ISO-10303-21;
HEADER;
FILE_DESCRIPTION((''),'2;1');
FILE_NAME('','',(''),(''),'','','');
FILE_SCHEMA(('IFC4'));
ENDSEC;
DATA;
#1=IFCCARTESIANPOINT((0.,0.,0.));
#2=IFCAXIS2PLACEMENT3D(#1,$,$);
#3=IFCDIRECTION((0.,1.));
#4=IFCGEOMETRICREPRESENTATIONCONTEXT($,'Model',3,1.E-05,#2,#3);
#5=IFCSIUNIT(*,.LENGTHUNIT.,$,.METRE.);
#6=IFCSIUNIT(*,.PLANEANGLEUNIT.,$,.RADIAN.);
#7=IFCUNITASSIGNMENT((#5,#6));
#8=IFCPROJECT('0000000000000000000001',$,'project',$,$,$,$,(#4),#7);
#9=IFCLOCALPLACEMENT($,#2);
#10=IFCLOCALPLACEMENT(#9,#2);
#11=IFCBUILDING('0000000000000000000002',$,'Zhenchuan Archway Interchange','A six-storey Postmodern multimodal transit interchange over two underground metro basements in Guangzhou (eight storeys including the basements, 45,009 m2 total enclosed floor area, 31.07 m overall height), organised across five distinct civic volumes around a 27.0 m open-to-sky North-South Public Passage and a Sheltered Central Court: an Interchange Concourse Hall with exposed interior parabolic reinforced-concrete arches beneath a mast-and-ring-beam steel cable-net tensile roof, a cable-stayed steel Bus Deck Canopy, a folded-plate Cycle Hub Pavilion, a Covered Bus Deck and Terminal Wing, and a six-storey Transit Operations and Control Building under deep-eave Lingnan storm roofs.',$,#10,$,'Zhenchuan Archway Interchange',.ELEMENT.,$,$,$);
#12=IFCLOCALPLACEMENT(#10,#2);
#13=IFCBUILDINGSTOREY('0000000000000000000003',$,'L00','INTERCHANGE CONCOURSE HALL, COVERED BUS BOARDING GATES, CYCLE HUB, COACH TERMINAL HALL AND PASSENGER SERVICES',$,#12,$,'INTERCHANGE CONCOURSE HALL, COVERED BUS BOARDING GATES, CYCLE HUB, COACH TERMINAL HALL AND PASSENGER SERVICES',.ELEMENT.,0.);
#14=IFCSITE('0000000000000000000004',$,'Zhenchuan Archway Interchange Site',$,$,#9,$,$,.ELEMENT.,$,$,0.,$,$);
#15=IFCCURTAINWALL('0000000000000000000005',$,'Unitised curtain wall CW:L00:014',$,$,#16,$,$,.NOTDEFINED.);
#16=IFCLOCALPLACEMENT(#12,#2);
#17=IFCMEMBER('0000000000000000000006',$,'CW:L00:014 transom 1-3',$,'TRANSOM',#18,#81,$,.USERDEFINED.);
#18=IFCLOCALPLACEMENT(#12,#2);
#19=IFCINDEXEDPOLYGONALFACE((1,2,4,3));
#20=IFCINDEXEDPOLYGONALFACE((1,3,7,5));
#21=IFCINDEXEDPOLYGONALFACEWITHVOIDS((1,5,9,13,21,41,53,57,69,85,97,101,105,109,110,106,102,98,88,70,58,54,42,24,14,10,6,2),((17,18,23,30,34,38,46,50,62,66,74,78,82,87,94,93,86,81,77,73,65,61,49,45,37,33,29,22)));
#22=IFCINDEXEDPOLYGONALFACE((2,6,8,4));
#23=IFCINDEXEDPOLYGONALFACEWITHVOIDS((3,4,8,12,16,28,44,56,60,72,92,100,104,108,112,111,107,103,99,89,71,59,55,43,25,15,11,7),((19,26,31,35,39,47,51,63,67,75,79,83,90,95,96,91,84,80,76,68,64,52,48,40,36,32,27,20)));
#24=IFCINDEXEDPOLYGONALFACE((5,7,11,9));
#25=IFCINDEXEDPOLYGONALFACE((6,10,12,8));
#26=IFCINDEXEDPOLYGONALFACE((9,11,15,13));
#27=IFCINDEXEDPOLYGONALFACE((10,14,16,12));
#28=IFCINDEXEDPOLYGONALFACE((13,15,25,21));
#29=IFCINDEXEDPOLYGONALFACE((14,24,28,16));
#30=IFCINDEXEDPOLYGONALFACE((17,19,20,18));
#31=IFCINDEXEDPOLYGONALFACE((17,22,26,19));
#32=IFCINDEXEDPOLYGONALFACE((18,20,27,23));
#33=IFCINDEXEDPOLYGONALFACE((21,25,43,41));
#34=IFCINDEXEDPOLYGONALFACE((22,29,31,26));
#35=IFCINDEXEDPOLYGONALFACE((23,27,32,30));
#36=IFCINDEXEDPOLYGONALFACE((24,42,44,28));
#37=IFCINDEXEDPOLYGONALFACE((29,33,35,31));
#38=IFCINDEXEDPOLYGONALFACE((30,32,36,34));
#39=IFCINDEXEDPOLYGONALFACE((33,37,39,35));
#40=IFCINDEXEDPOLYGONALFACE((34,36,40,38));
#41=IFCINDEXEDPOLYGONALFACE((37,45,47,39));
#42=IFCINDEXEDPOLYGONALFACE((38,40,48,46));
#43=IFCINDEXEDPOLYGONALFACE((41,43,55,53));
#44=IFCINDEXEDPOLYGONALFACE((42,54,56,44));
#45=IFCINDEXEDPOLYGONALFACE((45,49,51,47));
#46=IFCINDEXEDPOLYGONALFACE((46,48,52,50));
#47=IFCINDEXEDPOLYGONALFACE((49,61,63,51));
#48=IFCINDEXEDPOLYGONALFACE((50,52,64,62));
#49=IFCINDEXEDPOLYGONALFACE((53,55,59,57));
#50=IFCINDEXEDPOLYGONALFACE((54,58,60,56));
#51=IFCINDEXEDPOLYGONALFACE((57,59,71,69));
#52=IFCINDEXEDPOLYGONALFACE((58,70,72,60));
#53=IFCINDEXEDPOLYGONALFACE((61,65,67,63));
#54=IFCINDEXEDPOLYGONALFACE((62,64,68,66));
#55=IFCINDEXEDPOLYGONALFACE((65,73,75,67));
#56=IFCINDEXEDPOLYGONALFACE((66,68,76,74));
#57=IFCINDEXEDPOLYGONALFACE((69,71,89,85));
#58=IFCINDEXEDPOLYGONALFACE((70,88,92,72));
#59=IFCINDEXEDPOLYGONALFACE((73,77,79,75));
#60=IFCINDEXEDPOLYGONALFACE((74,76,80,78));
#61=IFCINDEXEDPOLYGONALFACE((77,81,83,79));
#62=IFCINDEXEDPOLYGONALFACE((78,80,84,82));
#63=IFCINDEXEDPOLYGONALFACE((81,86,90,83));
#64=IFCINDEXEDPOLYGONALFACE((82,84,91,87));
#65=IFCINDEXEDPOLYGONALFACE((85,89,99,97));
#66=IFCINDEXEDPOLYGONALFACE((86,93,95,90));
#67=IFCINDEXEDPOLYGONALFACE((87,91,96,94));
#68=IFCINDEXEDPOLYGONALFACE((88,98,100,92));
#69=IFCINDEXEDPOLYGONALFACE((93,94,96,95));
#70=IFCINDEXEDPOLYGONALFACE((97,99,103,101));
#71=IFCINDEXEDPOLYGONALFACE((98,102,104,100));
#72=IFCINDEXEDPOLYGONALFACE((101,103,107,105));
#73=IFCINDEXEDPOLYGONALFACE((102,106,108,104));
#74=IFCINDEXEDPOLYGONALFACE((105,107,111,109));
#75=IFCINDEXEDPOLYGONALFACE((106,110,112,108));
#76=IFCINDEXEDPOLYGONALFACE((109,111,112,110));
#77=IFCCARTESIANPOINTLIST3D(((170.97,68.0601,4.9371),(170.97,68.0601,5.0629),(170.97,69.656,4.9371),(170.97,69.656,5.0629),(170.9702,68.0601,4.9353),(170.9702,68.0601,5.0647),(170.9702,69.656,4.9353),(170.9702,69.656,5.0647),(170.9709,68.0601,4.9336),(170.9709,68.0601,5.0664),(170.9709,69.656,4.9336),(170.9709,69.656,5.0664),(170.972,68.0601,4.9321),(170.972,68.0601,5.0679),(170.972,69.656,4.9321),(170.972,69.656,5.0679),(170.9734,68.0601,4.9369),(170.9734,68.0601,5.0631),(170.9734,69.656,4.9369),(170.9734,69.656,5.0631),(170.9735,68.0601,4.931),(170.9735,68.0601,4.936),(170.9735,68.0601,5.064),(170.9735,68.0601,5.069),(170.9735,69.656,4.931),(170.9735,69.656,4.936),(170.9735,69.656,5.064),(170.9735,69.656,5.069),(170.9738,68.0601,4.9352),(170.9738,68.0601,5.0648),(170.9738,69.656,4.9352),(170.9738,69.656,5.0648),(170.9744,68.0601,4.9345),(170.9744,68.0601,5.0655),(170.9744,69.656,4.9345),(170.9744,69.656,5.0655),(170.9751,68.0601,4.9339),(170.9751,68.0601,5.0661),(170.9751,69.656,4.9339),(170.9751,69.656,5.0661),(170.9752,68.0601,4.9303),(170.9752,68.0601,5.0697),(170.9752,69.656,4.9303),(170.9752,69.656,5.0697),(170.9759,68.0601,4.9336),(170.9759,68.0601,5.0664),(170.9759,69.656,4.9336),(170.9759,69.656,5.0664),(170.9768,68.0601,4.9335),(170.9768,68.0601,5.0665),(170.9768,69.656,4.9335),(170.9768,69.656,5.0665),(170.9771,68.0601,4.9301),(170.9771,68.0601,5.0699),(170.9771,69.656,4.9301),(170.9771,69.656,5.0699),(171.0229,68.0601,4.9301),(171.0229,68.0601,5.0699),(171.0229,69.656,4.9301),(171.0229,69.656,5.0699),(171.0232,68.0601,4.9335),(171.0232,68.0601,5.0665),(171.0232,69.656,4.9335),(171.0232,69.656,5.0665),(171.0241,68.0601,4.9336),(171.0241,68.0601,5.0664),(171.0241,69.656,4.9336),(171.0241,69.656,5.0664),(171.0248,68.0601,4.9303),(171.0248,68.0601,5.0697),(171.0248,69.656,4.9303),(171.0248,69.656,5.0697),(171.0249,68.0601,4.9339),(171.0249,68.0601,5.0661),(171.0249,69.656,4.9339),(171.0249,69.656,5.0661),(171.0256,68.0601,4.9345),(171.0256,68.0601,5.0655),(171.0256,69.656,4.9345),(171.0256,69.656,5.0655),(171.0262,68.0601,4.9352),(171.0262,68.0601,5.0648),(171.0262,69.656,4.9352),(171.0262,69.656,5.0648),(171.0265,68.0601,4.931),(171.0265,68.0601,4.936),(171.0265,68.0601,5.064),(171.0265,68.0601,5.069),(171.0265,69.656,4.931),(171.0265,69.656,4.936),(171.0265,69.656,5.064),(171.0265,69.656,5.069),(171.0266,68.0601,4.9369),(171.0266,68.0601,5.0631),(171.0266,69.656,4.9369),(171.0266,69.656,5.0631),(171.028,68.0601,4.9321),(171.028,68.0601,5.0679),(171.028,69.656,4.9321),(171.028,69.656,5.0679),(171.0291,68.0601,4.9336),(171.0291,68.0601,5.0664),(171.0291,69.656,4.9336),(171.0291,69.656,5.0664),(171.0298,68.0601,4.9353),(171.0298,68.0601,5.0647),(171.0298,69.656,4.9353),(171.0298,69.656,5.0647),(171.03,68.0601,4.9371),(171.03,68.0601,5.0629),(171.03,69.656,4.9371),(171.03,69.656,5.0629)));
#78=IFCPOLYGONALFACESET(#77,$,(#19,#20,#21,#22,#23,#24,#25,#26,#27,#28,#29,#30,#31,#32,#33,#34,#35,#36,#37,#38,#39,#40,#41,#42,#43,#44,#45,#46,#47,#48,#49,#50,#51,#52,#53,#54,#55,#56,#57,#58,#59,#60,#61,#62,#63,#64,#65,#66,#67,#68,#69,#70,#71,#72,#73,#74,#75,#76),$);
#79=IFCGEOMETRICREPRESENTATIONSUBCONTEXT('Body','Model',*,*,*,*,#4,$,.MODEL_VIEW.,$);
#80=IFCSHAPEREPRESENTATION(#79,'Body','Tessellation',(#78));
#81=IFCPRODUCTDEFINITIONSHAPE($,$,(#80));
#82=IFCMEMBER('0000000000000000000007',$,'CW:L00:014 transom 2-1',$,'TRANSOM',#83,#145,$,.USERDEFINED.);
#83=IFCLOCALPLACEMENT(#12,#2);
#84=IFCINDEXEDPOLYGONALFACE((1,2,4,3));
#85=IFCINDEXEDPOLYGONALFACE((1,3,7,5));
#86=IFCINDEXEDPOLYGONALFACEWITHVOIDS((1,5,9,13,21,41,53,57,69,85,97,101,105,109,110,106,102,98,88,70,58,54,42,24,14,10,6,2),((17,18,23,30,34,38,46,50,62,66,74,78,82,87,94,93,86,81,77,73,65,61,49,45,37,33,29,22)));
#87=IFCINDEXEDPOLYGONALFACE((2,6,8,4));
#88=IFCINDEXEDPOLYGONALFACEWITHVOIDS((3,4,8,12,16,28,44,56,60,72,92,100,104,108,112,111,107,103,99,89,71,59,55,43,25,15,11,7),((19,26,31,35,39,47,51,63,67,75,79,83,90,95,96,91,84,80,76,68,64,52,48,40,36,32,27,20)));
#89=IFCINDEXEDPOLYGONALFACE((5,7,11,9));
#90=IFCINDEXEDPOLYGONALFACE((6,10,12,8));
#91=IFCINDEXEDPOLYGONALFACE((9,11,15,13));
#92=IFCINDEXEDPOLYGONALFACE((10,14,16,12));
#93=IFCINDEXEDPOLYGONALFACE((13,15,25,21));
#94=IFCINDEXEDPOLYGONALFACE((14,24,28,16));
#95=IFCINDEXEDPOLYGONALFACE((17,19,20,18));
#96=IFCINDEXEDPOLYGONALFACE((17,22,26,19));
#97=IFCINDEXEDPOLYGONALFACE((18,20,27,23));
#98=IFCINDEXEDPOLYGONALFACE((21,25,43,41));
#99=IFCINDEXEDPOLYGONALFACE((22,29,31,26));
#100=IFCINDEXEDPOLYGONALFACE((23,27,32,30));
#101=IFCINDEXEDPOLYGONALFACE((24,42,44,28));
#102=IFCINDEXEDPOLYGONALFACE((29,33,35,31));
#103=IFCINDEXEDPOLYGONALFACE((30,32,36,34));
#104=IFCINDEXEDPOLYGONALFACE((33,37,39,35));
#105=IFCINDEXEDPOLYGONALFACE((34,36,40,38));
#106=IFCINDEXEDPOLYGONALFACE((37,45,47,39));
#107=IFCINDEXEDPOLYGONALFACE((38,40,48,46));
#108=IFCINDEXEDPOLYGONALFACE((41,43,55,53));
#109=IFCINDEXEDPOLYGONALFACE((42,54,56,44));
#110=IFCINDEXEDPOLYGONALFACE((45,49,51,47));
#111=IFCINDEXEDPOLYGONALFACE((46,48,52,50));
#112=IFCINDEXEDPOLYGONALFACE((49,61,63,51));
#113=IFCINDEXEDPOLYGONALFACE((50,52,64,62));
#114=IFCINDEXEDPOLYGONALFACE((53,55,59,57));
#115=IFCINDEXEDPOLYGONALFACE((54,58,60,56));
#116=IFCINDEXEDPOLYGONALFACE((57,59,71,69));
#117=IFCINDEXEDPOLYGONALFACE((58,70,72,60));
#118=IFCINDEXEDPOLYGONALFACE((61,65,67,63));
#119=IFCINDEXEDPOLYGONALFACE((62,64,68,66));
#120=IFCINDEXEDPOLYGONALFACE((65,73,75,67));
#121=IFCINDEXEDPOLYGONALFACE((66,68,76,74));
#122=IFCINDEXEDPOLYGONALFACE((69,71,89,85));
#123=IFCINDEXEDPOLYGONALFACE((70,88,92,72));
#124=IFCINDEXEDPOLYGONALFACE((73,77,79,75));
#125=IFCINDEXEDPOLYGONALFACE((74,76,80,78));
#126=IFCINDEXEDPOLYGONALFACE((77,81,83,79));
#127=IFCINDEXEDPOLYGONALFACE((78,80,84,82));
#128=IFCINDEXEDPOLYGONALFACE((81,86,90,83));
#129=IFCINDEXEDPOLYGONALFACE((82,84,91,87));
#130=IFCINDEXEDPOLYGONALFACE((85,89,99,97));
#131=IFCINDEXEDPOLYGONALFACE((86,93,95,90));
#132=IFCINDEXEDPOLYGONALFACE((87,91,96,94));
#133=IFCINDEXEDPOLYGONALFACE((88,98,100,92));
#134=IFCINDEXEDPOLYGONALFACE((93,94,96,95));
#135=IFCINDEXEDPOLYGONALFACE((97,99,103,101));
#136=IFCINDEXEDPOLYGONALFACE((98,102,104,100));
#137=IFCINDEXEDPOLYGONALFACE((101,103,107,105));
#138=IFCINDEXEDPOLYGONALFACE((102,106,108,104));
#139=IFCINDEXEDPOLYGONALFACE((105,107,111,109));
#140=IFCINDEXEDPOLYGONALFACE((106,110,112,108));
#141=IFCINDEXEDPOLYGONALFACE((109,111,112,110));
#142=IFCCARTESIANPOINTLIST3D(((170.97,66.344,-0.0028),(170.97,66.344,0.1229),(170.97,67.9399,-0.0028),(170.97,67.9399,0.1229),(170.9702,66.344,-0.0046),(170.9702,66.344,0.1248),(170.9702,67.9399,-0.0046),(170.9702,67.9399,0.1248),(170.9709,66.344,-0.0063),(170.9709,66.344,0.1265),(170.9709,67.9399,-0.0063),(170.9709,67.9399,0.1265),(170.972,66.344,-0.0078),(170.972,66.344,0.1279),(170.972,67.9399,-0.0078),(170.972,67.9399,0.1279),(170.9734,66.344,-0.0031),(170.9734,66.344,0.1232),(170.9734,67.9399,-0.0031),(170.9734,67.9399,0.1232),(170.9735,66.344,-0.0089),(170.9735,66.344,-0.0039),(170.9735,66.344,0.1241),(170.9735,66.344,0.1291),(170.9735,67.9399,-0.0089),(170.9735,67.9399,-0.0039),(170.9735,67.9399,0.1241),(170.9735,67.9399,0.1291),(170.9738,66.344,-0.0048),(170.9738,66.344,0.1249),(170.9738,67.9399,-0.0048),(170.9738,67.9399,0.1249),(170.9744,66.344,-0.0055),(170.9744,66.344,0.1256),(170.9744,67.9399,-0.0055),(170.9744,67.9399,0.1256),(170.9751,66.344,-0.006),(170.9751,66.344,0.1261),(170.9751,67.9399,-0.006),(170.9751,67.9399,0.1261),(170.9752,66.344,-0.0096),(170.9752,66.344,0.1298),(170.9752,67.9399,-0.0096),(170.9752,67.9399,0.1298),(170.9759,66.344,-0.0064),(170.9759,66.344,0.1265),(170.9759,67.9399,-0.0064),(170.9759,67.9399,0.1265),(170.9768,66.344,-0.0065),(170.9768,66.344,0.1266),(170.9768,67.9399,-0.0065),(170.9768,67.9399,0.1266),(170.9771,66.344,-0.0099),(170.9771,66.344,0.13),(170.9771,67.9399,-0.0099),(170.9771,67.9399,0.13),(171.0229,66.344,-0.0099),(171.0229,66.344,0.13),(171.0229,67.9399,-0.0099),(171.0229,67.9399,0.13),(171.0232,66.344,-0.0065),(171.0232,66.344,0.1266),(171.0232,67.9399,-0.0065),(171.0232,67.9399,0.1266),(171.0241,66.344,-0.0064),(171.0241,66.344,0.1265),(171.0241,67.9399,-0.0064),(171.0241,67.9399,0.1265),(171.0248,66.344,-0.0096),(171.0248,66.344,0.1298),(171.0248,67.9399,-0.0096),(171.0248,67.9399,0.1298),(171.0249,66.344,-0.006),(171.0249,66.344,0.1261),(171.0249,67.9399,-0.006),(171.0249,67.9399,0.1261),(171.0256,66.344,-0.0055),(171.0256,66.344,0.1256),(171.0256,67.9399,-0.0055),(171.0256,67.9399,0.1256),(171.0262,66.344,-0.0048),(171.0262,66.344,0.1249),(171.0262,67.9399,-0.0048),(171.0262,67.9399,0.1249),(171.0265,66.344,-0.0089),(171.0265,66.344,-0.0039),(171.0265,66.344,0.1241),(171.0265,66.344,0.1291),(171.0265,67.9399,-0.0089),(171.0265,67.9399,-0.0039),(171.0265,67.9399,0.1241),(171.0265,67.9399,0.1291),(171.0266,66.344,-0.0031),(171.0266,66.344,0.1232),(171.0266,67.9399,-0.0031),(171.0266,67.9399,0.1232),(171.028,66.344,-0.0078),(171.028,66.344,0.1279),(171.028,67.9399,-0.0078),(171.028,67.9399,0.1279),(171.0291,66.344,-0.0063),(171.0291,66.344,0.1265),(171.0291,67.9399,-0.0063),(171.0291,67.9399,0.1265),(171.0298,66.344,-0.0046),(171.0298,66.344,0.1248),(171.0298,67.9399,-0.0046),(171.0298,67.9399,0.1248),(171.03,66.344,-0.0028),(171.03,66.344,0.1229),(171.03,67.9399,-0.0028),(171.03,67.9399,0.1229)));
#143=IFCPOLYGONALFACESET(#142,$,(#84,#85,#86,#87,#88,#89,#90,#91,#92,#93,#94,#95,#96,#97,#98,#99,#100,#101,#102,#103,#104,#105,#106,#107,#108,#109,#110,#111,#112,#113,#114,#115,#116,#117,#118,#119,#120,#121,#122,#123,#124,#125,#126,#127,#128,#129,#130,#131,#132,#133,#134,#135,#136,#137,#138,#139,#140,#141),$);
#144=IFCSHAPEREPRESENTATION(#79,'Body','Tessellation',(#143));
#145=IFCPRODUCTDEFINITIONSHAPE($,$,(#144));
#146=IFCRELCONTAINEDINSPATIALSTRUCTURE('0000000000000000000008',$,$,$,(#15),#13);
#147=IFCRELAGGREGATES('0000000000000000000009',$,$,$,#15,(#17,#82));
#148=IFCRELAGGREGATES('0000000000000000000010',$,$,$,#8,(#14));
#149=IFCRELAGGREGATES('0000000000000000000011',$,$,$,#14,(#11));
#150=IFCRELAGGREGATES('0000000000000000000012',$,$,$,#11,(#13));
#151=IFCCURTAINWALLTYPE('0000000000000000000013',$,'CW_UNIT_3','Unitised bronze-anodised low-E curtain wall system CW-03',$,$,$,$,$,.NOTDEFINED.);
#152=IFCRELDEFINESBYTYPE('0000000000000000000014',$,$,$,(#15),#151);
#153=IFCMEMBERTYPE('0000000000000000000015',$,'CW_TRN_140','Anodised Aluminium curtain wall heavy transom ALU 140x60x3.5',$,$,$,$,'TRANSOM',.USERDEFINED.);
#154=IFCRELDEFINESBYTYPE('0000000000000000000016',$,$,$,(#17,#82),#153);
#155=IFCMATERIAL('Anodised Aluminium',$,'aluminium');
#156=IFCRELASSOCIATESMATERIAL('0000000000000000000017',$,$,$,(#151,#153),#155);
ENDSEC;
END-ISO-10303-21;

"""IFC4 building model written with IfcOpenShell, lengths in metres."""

from ifc_helpers import new_model, si_unit, direction, frame, origin, origin_2d, place, context, subcontext, project, spatial, hollow_rectangle, extrude, material, material_profile, profile_set, type_object, element, aggregate, save


model = new_model("IFC4")

# Units and contexts
model_context = context("Model", 3, precision=1e-05, world=origin(), true_north=direction((0.0, 1.0)))
body_context = subcontext(model_context, "Body", "Model", "MODEL_VIEW")
ifc_project = project(units=[si_unit("LENGTHUNIT", "METRE"), si_unit("PLANEANGLEUNIT", "RADIAN")], contexts=[model_context])

# Site, building, storey
site_placement = place(None, origin())
site = spatial("IfcSite", under=ifc_project, at=site_placement, Name="Zhenchuan Archway Interchange Site", CompositionType="ELEMENT", RefElevation=0.0)
building_placement = place(site_placement, origin())
building = spatial("IfcBuilding", under=site, at=building_placement, Name="Zhenchuan Archway Interchange", Description="A six-storey Postmodern multimodal transit interchange over two underground metro basements in Guangzhou (eight storeys including the basements, 45,009 m2 total enclosed floor area, 31.07 m overall height), organised across five distinct civic volumes around a 27.0 m open-to-sky North-South Public Passage and a Sheltered Central Court: an Interchange Concourse Hall with exposed interior parabolic reinforced-concrete arches beneath a mast-and-ring-beam steel cable-net tensile roof, a cable-stayed steel Bus Deck Canopy, a folded-plate Cycle Hub Pavilion, a Covered Bus Deck and Terminal Wing, and a six-storey Transit Operations and Control Building under deep-eave Lingnan storm roofs.", LongName="Zhenchuan Archway Interchange", CompositionType="ELEMENT")
storey_placement = place(building_placement, origin())
storey = spatial("IfcBuildingStorey", under=building, at=storey_placement, Name="L00", Description="INTERCHANGE CONCOURSE HALL, COVERED BUS BOARDING GATES, CYCLE HUB, COACH TERMINAL HALL AND PASSENGER SERVICES", LongName="INTERCHANGE CONCOURSE HALL, COVERED BUS BOARDING GATES, CYCLE HUB, COACH TERMINAL HALL AND PASSENGER SERVICES", CompositionType="ELEMENT", Elevation=0.0)

# Curtain wall, members
ifc_material_1 = material(Name="Anodised Aluminium", Category="aluminium")
curtain_wall_type = type_object("IfcCurtainWallType", Name="CW_UNIT_3", Description="Unitised bronze-anodised low-E curtain wall system CW-03", PredefinedType="NOTDEFINED", material=ifc_material_1)
curtain_wall_placement = place(storey_placement, origin())
curtain_wall = element("IfcCurtainWall", 1, at=curtain_wall_placement, inside=storey, type_object=curtain_wall_type, Name="Unitised curtain wall CW:L00:014", PredefinedType="NOTDEFINED")
ifc_material_profile_1 = material_profile(ifc_material_1, hollow_rectangle(XDim=0.0601, YDim=0.1399, WallThickness=0.0034, InnerFilletRadius=0.0034, OuterFilletRadius=0.0071, at=origin_2d()), Name="ALU 140x60x3.5")
ifc_profile_set_1 = profile_set([ifc_material_profile_1], Name="Anodised Aluminium")
member_type_1 = type_object("IfcMemberType", Name="CW_TRN_140", Description="Anodised Aluminium curtain wall heavy transom ALU 140x60x3.5", ElementType="TRANSOM", PredefinedType="USERDEFINED", material=ifc_profile_set_1)
member_1_placement = place(storey_placement, frame((171.0, 69.656, 5.0), z_axis=(0.0, -1.0, 0.0), x_axis=(1.0, 0.0, 0.0)))
member_1 = element("IfcMember", 2, at=member_1_placement, type_object=member_type_1, Name="CW:L00:014 transom 1-3", ObjectType="TRANSOM", PredefinedType="USERDEFINED", context=body_context, shape_type="SweptSolid", body=[
    extrude(hollow_rectangle(XDim=0.0601, YDim=0.1399, WallThickness=0.0034, InnerFilletRadius=0.0034, OuterFilletRadius=0.0071, at=origin_2d()), origin(), (0.0, 0.0, 1.0), 1.5959),
])
member_2_placement = place(storey_placement, frame((171.0, 67.9399, 0.0601), z_axis=(0.0, -1.0, 0.0), x_axis=(1.0, 0.0, 0.0)))
member_2 = element("IfcMember", 3, at=member_2_placement, type_object=member_type_1, Name="CW:L00:014 transom 2-1", ObjectType="TRANSOM", PredefinedType="USERDEFINED", context=body_context, shape_type="SweptSolid", body=[
    extrude(hollow_rectangle(XDim=0.0601, YDim=0.1399, WallThickness=0.0034, InnerFilletRadius=0.0034, OuterFilletRadius=0.0071, at=origin_2d()), origin(), (0.0, 0.0, 1.0), 1.5959),
])
aggregate(curtain_wall, [member_1, member_2])

save(model, "model.ifc")
